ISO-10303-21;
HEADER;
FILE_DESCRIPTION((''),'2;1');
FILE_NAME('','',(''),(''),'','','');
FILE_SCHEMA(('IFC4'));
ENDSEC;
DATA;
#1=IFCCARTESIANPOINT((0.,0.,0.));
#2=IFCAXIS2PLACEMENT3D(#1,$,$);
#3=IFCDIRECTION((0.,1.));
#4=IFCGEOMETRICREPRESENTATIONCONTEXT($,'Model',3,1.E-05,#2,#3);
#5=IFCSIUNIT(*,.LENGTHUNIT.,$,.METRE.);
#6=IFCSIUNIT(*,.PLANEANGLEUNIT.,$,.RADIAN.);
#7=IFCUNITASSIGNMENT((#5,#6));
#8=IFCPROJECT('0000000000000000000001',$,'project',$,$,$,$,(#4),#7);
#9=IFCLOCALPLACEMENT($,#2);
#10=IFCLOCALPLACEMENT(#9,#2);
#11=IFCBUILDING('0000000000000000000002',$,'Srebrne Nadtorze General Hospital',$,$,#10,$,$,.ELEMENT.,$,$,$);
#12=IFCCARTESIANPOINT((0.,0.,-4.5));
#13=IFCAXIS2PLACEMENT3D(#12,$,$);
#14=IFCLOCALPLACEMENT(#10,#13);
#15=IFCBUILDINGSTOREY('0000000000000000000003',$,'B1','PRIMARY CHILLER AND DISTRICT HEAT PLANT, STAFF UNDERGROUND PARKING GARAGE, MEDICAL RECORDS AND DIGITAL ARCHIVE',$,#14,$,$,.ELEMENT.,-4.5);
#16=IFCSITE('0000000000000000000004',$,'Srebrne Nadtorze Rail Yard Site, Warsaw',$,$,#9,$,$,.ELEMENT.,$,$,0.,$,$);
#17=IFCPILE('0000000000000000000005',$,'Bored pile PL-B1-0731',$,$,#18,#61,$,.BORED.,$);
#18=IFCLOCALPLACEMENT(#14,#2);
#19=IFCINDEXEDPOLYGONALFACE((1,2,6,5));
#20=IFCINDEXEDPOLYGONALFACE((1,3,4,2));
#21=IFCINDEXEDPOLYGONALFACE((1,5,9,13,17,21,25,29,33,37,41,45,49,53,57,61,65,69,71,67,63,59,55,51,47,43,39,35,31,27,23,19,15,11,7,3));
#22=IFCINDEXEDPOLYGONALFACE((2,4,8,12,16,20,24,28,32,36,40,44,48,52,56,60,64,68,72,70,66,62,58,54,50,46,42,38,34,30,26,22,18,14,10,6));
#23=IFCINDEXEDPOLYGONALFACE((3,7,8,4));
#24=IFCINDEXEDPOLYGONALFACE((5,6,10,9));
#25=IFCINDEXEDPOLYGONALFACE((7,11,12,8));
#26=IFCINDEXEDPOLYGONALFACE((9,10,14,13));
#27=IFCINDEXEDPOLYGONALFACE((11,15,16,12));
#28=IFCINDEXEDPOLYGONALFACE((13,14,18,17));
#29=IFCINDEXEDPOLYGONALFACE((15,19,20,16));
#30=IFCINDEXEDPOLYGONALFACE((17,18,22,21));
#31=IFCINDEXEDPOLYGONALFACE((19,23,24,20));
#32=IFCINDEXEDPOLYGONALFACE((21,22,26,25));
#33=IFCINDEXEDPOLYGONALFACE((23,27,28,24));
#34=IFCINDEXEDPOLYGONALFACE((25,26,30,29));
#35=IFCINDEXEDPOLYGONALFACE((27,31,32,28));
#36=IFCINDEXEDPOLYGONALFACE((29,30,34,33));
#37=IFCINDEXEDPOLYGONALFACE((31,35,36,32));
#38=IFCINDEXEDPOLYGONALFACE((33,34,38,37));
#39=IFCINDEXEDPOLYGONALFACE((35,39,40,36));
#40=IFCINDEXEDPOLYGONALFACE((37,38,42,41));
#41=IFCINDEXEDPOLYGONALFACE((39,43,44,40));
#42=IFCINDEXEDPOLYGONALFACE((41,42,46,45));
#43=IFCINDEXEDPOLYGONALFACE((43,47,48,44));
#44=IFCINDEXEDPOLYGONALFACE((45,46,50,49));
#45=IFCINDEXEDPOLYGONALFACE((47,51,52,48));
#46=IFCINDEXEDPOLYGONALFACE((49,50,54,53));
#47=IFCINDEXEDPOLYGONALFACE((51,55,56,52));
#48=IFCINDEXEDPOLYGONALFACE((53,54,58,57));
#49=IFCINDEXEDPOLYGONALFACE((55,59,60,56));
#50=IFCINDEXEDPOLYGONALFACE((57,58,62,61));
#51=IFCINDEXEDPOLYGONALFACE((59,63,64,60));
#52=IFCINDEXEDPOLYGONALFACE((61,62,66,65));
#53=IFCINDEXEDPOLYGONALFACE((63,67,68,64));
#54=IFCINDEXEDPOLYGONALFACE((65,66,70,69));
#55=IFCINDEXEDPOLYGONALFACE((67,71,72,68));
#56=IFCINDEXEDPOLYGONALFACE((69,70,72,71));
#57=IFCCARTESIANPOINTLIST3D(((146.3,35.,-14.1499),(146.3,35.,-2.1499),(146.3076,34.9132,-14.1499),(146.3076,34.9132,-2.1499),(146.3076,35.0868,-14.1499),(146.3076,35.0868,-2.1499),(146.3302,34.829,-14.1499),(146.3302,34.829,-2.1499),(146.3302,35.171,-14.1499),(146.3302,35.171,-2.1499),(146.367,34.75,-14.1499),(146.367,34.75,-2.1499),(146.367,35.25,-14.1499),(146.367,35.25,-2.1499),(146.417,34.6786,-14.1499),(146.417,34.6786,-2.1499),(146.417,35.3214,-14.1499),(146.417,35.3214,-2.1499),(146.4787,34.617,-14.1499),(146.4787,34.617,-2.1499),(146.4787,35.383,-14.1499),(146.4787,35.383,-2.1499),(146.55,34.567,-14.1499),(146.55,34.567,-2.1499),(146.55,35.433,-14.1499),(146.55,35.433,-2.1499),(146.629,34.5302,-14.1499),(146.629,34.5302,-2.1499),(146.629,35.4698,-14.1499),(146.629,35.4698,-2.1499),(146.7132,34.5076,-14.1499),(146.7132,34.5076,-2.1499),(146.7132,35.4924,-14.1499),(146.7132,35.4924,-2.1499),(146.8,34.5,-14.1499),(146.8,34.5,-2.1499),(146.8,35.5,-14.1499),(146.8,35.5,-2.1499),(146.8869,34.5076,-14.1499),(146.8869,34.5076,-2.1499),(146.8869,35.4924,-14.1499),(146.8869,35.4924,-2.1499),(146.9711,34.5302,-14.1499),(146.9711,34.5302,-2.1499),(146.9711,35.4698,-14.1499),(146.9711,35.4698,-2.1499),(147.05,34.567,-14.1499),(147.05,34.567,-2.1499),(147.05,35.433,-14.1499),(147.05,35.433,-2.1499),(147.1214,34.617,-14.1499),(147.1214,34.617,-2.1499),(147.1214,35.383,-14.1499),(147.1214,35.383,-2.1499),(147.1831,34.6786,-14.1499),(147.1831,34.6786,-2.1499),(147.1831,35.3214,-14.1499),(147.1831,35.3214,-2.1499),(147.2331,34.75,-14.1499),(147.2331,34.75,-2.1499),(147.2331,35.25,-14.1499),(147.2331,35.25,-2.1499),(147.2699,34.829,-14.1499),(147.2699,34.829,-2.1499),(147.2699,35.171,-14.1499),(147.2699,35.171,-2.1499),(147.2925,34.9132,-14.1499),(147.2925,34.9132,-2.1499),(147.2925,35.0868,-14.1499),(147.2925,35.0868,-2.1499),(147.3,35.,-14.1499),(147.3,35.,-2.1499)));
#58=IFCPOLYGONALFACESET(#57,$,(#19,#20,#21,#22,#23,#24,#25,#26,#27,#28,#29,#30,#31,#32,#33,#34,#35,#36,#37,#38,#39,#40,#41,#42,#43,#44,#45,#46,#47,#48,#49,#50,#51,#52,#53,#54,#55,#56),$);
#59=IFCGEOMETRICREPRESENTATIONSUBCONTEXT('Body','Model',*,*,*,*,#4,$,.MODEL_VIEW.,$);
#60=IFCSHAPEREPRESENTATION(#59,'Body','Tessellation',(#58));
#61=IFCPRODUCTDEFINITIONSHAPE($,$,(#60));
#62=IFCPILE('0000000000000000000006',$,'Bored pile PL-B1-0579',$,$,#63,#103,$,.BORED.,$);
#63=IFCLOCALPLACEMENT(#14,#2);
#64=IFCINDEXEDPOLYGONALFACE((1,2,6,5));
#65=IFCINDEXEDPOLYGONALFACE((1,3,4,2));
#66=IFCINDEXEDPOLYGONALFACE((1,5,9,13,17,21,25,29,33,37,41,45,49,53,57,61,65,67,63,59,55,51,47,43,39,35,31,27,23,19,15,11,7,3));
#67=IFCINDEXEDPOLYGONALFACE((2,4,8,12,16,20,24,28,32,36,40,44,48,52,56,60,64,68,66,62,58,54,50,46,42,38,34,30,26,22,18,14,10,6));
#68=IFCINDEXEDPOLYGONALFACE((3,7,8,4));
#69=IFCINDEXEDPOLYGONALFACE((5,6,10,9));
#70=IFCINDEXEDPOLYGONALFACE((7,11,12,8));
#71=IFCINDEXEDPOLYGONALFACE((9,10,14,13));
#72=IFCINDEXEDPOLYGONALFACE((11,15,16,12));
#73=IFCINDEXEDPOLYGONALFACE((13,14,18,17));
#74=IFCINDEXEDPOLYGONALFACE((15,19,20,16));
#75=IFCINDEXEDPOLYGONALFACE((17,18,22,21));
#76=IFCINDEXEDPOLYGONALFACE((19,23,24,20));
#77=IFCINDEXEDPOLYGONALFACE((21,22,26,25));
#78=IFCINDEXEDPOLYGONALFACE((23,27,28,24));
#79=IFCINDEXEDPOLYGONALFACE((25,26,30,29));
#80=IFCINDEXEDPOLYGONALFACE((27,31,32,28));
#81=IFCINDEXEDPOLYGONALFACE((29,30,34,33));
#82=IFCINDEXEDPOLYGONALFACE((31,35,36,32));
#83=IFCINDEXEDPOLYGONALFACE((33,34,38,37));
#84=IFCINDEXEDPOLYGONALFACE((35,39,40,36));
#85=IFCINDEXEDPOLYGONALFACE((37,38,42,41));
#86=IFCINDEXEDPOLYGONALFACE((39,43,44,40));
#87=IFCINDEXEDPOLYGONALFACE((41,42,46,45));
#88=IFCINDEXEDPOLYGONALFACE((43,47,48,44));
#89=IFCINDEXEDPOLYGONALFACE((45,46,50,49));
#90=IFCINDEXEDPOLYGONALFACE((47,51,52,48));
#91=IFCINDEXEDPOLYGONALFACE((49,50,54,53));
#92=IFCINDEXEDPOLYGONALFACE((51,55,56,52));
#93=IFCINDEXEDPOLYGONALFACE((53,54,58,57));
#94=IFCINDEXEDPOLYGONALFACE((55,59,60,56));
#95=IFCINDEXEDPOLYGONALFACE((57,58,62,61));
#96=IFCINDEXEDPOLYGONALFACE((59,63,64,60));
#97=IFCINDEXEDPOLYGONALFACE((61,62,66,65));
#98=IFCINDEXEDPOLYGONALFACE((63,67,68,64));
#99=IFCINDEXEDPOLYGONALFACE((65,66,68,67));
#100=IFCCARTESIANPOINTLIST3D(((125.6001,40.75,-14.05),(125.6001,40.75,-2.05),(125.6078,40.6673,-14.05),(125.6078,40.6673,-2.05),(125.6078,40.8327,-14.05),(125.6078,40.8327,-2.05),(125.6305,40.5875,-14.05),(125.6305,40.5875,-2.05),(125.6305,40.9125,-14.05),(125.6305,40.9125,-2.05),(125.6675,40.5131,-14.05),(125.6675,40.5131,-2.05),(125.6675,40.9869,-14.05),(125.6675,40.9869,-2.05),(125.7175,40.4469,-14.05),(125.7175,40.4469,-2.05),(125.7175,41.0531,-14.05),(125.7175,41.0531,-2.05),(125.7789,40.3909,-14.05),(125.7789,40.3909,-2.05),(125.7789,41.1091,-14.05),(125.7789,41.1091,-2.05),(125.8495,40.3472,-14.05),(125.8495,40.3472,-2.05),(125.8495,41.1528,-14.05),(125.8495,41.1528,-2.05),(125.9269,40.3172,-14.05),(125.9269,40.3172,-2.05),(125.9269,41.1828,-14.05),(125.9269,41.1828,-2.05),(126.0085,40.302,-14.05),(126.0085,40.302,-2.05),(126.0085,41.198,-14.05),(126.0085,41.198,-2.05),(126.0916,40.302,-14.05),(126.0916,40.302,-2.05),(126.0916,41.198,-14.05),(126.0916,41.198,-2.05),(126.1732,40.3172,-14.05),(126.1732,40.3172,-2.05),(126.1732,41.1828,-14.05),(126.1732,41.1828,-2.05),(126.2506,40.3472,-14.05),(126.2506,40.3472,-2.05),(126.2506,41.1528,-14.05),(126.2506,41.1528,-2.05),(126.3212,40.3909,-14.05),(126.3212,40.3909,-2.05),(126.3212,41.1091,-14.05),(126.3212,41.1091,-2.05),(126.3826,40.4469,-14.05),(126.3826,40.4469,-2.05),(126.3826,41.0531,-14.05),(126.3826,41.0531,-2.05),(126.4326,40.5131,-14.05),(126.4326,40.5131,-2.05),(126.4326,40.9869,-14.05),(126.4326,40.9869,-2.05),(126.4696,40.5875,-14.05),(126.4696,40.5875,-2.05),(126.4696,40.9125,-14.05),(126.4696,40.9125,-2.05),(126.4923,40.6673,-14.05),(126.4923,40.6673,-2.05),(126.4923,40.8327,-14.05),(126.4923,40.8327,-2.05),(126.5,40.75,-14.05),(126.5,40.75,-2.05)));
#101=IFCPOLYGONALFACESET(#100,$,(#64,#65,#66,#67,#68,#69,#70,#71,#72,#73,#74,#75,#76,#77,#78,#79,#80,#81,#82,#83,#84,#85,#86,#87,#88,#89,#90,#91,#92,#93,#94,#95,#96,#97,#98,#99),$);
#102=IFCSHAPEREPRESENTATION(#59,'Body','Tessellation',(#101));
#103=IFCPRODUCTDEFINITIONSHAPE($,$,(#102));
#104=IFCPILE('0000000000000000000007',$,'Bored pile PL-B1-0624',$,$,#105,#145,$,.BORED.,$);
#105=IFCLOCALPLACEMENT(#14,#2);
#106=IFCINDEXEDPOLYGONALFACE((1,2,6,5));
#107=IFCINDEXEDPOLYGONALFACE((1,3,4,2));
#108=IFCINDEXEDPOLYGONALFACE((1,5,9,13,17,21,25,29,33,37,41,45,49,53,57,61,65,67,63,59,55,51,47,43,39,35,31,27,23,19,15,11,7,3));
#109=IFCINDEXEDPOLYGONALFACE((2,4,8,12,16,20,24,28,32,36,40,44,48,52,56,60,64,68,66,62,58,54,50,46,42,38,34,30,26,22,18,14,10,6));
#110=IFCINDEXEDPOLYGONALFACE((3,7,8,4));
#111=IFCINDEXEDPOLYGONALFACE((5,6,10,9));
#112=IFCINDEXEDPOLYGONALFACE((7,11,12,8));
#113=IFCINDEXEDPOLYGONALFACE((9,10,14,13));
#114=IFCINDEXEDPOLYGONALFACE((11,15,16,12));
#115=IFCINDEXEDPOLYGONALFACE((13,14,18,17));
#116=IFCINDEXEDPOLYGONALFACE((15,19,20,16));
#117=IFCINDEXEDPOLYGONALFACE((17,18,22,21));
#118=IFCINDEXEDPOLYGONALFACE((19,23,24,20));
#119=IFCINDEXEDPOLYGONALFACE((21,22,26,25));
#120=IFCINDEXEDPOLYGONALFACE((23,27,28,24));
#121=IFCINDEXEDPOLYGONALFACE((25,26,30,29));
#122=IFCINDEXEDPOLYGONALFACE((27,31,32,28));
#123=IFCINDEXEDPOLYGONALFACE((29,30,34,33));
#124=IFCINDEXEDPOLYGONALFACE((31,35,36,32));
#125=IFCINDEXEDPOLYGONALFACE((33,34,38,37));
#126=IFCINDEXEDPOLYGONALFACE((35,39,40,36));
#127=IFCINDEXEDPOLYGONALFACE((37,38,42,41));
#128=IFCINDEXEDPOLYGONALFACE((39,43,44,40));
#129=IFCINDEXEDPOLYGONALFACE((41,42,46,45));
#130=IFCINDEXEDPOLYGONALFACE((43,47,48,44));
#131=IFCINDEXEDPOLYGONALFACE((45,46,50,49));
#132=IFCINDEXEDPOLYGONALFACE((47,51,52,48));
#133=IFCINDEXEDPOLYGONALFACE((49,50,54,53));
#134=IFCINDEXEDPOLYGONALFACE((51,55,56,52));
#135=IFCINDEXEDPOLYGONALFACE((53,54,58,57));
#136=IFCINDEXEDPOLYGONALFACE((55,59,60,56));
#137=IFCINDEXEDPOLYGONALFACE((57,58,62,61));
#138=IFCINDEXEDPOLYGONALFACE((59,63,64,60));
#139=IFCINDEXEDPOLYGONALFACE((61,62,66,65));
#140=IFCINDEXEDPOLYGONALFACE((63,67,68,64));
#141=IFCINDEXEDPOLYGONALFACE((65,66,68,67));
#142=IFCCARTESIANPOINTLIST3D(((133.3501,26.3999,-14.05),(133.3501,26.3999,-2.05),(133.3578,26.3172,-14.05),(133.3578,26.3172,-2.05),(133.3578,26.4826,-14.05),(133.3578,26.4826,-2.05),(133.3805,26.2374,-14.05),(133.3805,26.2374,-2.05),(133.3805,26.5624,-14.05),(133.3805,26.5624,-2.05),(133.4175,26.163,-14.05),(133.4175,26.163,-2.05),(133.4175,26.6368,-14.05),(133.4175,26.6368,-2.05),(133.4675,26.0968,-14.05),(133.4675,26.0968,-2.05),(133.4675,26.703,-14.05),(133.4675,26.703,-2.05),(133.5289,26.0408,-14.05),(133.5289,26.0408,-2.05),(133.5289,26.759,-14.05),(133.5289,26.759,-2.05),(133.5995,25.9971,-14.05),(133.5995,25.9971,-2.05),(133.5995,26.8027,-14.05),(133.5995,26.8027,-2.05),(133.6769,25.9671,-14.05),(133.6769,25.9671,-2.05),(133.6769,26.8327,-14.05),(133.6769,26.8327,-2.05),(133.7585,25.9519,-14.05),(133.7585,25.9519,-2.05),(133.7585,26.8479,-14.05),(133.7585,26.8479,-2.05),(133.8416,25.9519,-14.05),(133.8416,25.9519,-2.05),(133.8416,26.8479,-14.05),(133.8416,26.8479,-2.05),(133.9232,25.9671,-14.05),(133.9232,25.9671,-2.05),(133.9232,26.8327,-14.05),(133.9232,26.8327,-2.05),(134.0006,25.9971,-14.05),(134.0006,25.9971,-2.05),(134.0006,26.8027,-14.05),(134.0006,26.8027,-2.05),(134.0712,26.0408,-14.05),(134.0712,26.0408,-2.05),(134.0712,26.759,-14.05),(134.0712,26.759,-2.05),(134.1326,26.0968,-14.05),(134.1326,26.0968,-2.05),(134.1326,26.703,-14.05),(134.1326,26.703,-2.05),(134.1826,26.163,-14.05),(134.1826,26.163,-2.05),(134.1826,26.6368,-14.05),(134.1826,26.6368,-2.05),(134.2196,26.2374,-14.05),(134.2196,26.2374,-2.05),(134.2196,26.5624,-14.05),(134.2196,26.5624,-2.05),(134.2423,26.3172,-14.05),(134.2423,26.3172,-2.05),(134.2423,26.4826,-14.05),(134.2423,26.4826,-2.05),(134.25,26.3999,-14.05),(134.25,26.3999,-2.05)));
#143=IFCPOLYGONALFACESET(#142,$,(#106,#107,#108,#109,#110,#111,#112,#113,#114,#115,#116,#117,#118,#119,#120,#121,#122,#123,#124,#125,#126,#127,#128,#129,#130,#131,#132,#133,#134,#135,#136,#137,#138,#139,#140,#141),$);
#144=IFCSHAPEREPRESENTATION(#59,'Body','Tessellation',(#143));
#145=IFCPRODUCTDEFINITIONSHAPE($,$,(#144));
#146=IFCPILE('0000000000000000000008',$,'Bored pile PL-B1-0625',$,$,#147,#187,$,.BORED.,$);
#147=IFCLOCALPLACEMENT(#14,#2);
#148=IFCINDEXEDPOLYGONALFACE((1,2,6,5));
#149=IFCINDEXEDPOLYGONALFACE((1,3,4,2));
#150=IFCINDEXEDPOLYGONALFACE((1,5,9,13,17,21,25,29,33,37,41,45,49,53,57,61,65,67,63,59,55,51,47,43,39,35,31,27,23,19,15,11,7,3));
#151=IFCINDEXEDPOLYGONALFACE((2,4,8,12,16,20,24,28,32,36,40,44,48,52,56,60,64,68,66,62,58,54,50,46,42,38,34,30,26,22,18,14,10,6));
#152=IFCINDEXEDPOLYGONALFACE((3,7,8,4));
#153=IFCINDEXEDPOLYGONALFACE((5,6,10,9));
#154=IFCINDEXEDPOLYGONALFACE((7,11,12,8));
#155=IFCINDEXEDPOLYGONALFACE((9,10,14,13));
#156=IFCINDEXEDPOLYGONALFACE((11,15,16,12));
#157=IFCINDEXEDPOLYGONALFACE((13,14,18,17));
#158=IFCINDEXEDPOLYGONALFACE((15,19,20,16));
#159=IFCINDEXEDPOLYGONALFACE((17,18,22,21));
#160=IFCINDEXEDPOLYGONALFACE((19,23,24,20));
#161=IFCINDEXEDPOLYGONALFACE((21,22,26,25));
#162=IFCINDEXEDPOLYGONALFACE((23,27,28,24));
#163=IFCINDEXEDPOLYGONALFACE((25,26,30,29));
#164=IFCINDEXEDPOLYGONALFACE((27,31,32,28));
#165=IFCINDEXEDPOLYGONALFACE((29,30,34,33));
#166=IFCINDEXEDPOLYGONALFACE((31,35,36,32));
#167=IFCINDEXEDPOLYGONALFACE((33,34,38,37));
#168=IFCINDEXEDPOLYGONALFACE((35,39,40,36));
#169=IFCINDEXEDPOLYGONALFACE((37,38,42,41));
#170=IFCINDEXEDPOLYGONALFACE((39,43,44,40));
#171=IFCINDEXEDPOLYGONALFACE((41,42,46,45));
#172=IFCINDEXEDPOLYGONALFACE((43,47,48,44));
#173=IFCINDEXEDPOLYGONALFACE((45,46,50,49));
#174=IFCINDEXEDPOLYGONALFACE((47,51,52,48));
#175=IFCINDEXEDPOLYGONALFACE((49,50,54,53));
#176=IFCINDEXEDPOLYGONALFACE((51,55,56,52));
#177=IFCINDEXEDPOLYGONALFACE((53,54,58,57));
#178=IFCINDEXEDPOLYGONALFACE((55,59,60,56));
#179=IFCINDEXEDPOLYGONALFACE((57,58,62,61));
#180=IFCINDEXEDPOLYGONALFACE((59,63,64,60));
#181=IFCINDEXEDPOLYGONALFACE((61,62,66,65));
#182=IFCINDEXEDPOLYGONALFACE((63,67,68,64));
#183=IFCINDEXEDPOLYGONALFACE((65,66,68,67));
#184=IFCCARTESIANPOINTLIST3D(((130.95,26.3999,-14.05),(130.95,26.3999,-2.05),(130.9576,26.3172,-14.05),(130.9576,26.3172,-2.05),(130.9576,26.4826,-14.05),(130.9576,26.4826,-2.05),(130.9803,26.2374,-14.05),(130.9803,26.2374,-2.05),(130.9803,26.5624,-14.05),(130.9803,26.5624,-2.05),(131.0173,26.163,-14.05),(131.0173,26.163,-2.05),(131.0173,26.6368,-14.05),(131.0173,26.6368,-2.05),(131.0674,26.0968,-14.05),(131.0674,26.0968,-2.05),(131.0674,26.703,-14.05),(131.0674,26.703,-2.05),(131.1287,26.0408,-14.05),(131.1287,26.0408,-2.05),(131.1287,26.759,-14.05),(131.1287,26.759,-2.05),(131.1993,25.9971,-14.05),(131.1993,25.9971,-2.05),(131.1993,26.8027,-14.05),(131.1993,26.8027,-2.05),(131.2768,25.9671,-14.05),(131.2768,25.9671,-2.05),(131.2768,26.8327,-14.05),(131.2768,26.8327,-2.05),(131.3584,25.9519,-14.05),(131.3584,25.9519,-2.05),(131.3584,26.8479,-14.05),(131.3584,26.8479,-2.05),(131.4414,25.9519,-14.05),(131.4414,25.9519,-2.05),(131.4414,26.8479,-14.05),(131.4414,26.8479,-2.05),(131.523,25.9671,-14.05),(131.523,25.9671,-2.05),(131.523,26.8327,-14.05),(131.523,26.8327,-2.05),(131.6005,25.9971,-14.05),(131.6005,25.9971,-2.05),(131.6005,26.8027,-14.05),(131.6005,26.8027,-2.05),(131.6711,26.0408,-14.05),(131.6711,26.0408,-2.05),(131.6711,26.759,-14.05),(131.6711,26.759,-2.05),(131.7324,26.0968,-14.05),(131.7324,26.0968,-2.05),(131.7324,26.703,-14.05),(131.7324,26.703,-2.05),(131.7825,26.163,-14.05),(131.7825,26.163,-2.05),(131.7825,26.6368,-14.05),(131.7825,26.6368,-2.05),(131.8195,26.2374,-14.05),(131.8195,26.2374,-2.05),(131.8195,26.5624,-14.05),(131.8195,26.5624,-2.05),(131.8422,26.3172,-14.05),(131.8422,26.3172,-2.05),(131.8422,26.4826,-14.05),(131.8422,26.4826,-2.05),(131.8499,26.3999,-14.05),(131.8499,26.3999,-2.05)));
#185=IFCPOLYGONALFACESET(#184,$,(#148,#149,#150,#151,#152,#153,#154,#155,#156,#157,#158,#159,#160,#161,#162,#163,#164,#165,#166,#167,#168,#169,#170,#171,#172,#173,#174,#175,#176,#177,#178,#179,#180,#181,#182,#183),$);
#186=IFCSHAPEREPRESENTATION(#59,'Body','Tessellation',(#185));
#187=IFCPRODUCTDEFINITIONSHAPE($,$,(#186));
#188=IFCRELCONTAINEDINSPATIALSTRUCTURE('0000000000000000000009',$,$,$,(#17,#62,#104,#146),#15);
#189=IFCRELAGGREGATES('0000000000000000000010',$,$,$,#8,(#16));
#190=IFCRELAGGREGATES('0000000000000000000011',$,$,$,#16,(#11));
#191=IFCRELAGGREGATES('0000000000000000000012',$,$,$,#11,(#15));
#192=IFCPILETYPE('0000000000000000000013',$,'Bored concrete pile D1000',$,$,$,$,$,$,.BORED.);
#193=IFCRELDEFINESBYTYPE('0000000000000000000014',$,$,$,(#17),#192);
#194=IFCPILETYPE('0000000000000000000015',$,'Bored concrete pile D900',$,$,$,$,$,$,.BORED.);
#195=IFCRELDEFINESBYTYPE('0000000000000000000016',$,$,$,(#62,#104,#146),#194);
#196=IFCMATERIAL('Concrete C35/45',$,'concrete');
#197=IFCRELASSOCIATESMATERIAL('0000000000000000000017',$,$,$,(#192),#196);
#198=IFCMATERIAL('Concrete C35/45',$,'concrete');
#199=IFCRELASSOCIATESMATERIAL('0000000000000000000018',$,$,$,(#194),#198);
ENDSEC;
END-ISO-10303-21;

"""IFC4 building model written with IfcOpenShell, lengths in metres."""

from ifc_helpers import new_model, si_unit, direction, frame, origin, origin_2d, place, context, subcontext, project, spatial, circle, extrude, material, material_profile, profile_set, type_object, element, save


model = new_model("IFC4")

# Units and contexts
model_context = context("Model", 3, precision=1e-05, world=origin(), true_north=direction((0.0, 1.0)))
body_context = subcontext(model_context, "Body", "Model", "MODEL_VIEW")
ifc_project = project(units=[si_unit("LENGTHUNIT", "METRE"), si_unit("PLANEANGLEUNIT", "RADIAN")], contexts=[model_context])

# Site, building, storey
site_placement = place(None, origin())
site = spatial("IfcSite", under=ifc_project, at=site_placement, Name="Srebrne Nadtorze Rail Yard Site, Warsaw", CompositionType="ELEMENT", RefElevation=0.0)
building_placement = place(site_placement, origin())
building = spatial("IfcBuilding", under=site, at=building_placement, Name="Srebrne Nadtorze General Hospital", CompositionType="ELEMENT")
storey_placement = place(building_placement, frame((0.0, 0.0, -4.5)))
storey = spatial("IfcBuildingStorey", under=building, at=storey_placement, Name="B1", Description="PRIMARY CHILLER AND DISTRICT HEAT PLANT, STAFF UNDERGROUND PARKING GARAGE, MEDICAL RECORDS AND DIGITAL ARCHIVE", CompositionType="ELEMENT", Elevation=-4.5)

# Piles
ifc_material_1 = material(Name="Concrete C35/45", Category="concrete")
ifc_material_profile_1 = material_profile(ifc_material_1, circle(Radius=0.5, at=origin_2d()), Name="PILE-D1000")
ifc_profile_set_1 = profile_set([ifc_material_profile_1], Name="Concrete C35/45")
pile_type_1 = type_object("IfcPileType", Name="Bored concrete pile D1000", PredefinedType="BORED", material=ifc_profile_set_1)
for number, where, z_axis, x_axis, name in (
    (1, (146.8, 35.0, -2.1499), (0.0, 0.0, -1.0), (1.0, 0.0, 0.0), "Bored pile PL-B1-0731"),
):
    element("IfcPile", number, at=place(storey_placement, frame(where, z_axis=z_axis, x_axis=x_axis)), inside=storey, type_object=pile_type_1, Name=name, PredefinedType="BORED", context=body_context, shape_type="SweptSolid", body=[
        extrude(circle(Radius=0.5, at=origin_2d()), origin(), (0.0, 0.0, 1.0), 12.0),
    ])
ifc_material_2 = material(Name="Concrete C35/45", Category="concrete")
ifc_material_profile_2 = material_profile(ifc_material_2, circle(Radius=0.45, at=origin_2d()), Name="PILE-D900")
ifc_profile_set_2 = profile_set([ifc_material_profile_2], Name="Concrete C35/45")
pile_type_2 = type_object("IfcPileType", Name="Bored concrete pile D900", PredefinedType="BORED", material=ifc_profile_set_2)
for number, where, z_axis, x_axis, name in (
    (2, (126.05, 40.75, -2.05), (0.0, 0.0, -1.0), (1.0, 0.0, 0.0), "Bored pile PL-B1-0579"),
    (3, (133.8, 26.3999, -2.05), (0.0, 0.0, -1.0), (1.0, 0.0, 0.0), "Bored pile PL-B1-0624"),
    (4, (131.3999, 26.3999, -2.05), (0.0, 0.0, -1.0), (1.0, 0.0, 0.0), "Bored pile PL-B1-0625"),
):
    element("IfcPile", number, at=place(storey_placement, frame(where, z_axis=z_axis, x_axis=x_axis)), inside=storey, type_object=pile_type_2, Name=name, PredefinedType="BORED", context=body_context, shape_type="SweptSolid", body=[
        extrude(circle(Radius=0.45, at=origin_2d()), origin(), (0.0, 0.0, 1.0), 12.0),
    ])

save(model, "model.ifc")
